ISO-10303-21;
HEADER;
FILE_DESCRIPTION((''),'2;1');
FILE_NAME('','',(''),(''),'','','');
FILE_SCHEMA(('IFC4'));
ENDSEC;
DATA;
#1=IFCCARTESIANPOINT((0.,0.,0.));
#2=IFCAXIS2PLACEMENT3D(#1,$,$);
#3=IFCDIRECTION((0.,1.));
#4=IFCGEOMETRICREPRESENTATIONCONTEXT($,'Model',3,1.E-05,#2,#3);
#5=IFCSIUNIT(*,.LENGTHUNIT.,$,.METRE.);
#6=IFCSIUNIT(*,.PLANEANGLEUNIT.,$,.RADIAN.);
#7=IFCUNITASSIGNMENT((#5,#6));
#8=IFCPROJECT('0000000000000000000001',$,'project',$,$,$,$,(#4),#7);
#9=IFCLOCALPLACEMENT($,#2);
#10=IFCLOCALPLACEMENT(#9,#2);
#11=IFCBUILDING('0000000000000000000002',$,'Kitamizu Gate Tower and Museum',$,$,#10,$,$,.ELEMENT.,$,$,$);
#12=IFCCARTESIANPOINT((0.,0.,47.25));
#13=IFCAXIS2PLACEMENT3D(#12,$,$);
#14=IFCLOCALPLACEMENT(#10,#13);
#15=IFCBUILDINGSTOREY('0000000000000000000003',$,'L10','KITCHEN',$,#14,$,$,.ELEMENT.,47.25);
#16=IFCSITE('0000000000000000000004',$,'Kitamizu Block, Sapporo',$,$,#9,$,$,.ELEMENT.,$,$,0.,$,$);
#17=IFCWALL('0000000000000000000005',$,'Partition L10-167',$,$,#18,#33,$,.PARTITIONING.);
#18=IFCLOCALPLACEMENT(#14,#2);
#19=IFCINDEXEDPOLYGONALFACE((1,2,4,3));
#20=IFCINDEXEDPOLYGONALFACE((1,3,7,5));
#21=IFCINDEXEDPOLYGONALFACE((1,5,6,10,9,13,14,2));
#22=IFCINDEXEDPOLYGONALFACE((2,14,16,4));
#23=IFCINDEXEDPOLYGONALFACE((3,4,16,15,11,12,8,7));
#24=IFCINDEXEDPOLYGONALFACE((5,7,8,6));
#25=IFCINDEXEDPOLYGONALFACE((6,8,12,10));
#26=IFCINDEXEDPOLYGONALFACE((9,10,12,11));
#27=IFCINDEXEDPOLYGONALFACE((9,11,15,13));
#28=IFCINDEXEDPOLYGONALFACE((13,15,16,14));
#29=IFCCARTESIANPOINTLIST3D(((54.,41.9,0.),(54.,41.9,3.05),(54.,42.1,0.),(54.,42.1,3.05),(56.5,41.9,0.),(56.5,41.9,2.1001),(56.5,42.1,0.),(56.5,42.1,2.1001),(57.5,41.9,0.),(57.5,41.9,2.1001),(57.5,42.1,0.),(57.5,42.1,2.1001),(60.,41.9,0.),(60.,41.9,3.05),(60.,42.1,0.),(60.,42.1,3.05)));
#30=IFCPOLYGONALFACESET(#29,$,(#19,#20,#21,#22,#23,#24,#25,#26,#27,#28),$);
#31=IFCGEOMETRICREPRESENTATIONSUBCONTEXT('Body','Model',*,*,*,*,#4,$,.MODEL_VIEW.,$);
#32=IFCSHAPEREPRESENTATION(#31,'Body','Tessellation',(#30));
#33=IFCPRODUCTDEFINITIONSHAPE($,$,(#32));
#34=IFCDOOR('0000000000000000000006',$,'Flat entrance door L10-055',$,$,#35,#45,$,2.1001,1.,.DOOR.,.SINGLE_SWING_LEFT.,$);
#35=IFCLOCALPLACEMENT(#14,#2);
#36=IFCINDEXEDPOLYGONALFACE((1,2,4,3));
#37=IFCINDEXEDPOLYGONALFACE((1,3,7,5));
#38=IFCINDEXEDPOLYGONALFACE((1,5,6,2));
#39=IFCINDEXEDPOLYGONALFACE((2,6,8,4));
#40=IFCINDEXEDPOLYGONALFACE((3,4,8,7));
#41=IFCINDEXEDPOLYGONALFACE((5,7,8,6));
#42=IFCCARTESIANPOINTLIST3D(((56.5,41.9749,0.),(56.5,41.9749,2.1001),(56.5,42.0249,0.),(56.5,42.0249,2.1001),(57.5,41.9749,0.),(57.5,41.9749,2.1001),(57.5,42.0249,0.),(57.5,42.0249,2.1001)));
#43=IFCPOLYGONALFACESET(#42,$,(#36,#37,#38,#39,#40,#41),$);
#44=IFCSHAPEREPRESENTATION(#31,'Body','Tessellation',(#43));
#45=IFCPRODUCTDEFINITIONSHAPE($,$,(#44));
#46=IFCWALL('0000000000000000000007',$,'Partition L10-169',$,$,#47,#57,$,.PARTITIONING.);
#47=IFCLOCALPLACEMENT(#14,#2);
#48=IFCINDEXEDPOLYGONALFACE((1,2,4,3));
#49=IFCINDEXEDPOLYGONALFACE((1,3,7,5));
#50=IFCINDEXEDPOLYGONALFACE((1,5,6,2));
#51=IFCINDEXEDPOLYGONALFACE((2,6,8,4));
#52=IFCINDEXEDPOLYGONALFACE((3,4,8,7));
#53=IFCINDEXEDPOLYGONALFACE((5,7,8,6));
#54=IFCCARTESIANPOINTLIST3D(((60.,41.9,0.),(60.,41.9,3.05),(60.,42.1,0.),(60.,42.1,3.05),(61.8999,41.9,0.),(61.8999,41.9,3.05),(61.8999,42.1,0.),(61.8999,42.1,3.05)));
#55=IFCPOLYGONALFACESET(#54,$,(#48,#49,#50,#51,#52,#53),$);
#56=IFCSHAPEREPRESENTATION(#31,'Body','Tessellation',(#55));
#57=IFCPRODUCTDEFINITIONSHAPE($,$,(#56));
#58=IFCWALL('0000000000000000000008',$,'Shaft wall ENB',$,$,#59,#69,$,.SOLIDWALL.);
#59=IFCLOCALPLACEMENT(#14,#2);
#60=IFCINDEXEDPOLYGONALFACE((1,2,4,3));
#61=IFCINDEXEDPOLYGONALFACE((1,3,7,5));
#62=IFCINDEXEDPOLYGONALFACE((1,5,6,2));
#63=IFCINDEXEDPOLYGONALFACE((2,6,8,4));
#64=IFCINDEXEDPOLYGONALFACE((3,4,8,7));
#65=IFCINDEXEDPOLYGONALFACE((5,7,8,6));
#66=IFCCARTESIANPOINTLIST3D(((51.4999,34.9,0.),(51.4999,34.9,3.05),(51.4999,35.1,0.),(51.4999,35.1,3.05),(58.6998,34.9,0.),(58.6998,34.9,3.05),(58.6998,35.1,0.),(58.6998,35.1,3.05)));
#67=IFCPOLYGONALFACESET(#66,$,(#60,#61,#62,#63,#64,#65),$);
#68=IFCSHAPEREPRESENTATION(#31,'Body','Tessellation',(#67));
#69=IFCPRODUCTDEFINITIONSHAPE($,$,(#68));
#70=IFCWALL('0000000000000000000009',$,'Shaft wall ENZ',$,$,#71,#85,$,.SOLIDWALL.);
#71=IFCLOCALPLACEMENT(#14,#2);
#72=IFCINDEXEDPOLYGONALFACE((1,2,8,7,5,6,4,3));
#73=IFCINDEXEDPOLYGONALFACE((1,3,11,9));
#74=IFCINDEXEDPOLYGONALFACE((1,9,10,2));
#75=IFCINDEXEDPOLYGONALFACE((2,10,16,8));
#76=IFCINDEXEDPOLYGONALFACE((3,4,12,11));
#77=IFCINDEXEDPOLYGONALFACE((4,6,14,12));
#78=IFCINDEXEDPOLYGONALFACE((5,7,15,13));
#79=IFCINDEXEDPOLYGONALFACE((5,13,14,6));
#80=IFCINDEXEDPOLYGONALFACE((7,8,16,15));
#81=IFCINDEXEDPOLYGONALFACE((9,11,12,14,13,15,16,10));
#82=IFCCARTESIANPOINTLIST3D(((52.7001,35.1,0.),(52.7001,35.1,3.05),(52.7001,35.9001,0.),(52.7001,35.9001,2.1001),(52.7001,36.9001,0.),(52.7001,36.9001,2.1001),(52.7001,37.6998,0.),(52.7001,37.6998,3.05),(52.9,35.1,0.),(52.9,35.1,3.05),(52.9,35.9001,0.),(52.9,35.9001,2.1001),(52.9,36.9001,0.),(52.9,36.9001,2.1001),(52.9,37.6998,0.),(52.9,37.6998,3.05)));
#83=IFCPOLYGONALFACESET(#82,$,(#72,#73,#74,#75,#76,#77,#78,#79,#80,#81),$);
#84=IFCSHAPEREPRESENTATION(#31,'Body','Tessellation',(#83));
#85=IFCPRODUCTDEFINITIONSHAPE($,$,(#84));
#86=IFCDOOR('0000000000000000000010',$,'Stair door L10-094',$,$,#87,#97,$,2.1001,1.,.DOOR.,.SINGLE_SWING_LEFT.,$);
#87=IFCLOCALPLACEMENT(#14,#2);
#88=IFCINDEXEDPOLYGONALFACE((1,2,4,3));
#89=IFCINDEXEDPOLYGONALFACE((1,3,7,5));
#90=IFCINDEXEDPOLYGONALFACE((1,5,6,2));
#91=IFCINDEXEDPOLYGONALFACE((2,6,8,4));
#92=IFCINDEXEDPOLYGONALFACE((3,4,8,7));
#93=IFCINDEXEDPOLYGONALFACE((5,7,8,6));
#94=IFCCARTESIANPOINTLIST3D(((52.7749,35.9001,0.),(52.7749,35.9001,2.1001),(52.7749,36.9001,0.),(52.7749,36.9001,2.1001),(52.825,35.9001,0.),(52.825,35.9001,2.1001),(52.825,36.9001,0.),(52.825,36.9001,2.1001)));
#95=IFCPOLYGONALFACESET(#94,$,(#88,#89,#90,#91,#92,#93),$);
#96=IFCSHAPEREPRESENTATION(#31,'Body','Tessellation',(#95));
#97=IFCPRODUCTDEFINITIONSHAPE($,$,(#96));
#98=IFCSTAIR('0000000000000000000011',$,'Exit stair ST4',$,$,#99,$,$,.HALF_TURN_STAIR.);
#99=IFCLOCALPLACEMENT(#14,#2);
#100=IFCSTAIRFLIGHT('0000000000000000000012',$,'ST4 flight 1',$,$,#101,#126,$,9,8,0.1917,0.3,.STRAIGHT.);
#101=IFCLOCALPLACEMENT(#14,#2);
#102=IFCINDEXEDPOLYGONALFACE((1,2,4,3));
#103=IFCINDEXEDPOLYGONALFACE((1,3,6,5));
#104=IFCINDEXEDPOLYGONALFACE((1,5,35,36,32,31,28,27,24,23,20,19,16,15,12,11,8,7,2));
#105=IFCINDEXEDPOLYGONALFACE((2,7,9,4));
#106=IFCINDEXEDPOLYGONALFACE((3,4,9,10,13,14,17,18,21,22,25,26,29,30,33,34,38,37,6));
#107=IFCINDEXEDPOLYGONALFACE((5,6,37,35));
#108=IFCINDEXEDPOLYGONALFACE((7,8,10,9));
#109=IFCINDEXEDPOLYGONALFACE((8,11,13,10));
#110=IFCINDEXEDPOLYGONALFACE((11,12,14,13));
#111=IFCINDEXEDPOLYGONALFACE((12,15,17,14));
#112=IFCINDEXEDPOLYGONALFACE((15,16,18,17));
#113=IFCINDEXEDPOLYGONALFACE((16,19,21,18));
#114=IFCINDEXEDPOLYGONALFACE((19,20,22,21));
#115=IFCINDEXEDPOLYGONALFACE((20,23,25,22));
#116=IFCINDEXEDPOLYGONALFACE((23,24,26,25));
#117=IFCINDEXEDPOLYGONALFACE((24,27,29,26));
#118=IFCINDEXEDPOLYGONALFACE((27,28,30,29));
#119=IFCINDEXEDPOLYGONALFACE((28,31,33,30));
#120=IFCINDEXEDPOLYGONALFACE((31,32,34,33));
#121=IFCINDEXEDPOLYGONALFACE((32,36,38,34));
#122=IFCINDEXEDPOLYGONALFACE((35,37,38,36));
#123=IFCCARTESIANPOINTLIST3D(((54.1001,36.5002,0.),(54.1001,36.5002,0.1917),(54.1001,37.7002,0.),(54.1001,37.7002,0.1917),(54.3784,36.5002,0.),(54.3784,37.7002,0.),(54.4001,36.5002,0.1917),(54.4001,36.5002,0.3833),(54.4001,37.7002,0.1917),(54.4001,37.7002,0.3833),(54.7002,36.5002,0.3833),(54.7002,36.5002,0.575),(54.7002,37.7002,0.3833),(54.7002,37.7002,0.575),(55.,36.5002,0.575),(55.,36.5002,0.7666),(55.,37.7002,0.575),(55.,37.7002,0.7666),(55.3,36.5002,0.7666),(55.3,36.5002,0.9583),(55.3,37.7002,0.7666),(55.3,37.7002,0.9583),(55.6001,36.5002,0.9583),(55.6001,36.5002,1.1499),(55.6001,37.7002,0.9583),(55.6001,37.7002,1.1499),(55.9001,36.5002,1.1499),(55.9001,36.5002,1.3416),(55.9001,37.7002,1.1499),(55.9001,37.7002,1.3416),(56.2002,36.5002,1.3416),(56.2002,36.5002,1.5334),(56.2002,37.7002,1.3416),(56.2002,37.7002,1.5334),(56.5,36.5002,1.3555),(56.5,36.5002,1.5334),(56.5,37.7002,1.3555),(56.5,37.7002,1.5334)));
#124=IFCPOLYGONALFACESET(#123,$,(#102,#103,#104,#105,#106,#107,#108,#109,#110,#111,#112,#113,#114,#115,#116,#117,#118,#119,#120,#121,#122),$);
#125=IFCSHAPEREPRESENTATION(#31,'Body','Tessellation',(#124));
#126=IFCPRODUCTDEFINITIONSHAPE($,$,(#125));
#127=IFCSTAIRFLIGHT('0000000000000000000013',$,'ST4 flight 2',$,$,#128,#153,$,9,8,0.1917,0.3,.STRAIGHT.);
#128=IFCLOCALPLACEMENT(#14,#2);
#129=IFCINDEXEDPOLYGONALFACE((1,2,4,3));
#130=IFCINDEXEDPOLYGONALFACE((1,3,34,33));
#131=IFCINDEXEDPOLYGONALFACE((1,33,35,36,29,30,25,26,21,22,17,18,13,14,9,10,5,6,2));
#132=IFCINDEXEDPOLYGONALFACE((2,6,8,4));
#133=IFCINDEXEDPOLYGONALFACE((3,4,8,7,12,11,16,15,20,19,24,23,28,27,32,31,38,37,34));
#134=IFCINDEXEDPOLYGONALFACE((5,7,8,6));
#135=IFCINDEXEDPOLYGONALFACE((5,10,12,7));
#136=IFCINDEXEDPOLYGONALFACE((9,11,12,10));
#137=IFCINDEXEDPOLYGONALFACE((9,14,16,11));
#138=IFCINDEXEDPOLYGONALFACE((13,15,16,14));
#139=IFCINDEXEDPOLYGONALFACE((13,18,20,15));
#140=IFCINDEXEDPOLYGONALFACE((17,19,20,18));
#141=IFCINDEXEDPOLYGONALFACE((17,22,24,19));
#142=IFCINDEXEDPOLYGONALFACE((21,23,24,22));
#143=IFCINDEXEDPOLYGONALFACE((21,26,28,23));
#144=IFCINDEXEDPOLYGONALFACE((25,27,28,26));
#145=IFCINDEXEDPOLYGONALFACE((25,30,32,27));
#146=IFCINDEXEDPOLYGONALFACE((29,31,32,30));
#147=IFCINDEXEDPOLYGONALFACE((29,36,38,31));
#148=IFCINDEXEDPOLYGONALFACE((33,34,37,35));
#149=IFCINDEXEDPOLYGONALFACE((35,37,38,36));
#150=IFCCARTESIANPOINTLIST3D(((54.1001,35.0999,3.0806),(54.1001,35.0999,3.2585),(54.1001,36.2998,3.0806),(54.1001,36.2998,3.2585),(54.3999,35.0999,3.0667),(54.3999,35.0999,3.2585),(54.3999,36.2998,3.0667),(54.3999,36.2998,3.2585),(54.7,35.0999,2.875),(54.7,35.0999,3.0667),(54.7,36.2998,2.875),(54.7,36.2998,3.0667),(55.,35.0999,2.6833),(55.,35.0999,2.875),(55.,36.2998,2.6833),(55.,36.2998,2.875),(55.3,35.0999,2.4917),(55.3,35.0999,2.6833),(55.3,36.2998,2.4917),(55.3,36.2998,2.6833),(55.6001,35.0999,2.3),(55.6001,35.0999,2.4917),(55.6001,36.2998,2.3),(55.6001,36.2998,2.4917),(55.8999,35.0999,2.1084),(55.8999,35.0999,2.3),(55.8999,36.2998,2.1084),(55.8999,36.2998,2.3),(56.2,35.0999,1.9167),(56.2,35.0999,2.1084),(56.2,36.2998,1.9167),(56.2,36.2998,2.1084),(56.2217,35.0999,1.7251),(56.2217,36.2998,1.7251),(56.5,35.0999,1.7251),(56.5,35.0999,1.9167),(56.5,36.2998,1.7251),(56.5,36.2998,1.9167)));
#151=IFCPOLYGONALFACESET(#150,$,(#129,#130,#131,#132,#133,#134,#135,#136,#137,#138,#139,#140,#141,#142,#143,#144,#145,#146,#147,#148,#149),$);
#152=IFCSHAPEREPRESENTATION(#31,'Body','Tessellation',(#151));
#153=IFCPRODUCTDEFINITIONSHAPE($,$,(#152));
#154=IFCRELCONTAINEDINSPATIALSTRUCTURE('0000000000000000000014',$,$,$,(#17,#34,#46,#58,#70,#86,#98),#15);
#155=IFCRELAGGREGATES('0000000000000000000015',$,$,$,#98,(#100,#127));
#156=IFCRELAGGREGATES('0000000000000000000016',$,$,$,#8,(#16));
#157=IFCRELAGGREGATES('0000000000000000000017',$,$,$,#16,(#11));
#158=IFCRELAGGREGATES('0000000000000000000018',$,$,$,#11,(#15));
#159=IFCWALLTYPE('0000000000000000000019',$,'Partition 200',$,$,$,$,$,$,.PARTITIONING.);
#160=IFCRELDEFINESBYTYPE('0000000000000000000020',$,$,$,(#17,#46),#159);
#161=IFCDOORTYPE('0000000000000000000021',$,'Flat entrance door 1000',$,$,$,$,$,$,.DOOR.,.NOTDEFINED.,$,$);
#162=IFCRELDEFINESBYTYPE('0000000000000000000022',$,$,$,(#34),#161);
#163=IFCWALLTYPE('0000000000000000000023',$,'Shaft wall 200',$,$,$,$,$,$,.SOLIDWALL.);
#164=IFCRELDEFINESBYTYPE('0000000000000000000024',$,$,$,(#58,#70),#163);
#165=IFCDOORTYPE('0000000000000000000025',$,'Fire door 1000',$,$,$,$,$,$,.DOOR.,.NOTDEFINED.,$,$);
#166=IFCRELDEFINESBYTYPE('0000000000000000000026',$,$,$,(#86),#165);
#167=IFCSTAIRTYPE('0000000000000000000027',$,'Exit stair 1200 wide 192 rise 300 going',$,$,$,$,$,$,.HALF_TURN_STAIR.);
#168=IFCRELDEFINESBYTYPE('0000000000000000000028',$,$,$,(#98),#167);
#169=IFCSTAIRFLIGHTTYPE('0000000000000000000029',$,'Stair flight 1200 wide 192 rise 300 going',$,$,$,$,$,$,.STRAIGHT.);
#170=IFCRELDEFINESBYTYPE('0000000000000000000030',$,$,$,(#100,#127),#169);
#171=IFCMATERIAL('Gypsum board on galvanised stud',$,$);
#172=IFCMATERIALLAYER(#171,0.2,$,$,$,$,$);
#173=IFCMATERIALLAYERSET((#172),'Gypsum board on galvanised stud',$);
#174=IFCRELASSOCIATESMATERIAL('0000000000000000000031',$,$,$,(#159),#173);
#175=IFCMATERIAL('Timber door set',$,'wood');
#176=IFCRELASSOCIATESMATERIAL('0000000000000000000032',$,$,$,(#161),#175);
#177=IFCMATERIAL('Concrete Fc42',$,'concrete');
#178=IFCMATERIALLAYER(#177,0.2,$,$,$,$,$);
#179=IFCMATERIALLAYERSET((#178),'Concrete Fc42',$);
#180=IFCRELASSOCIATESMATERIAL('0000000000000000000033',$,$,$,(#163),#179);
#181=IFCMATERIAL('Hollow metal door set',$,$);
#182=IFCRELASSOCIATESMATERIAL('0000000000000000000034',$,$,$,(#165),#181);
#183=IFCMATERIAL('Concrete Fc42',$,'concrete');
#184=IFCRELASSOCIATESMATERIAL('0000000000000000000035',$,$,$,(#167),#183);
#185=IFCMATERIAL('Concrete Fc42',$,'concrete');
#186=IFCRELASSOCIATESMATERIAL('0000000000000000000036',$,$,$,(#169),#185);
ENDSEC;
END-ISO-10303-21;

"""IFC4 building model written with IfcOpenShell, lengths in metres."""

from ifc_helpers import new_model, si_unit, direction, frame, frame_2d, origin, place, context, subcontext, project, spatial, polyline, rectangle, outline, extrude, material, layer, layer_set, type_object, element, fill, aggregate, save


model = new_model("IFC4")

# Units and contexts
model_context = context("Model", 3, precision=1e-05, world=origin(), true_north=direction((0.0, 1.0)))
body_context = subcontext(model_context, "Body", "Model", "MODEL_VIEW")
ifc_project = project(units=[si_unit("LENGTHUNIT", "METRE"), si_unit("PLANEANGLEUNIT", "RADIAN")], contexts=[model_context])

# Site, building, storey
site_placement = place(None, origin())
site = spatial("IfcSite", under=ifc_project, at=site_placement, Name="Kitamizu Block, Sapporo", CompositionType="ELEMENT", RefElevation=0.0)
building_placement = place(site_placement, origin())
building = spatial("IfcBuilding", under=site, at=building_placement, Name="Kitamizu Gate Tower and Museum", CompositionType="ELEMENT")
storey_placement = place(building_placement, frame((0.0, 0.0, 47.25)))
storey = spatial("IfcBuildingStorey", under=building, at=storey_placement, Name="L10", Description="KITCHEN", CompositionType="ELEMENT", Elevation=47.25)

# Wall, opening, door
ifc_material_1 = material(Name="Gypsum board on galvanised stud")
ifc_layer_1 = layer(ifc_material_1, 0.2)
ifc_layer_set_1 = layer_set([ifc_layer_1], Name="Gypsum board on galvanised stud")
wall_type_1 = type_object("IfcWallType", Name="Partition 200", PredefinedType="PARTITIONING", material=ifc_layer_set_1)
wall_1_placement = place(storey_placement, frame((54.0, 42.0, 0.0), z_axis=(0.0, 0.0, 1.0), x_axis=(1.0, 0.0, 0.0)))
wall_1 = element("IfcWall", 1, at=wall_1_placement, inside=storey, type_object=wall_type_1, Name="Partition L10-167", PredefinedType="PARTITIONING", context=body_context, shape_type="SweptSolid", body=[
    extrude(rectangle(XDim=6.0, YDim=0.2, at=frame_2d((3.0, 0.0))), origin(), (0.0, 0.0, 1.0), 3.05),
])
opening_1_placement = place(wall_1_placement, frame((2.5, 0.0, 0.0)))
opening_1 = element("IfcOpeningElement", 2, at=opening_1_placement, cuts=wall_1, PredefinedType="OPENING", context=body_context, shape_type="SweptSolid", body=[
    extrude(rectangle(XDim=1.0, YDim=2.1001, at=frame_2d((0.5, 1.05))), frame((0.0, 0.1099, 0.0), z_axis=(0.0, -1.0, 0.0), x_axis=(1.0, 0.0, 0.0)), (0.0, 0.0, 1.0), 0.22),
])
ifc_material_2 = material(Name="Timber door set", Category="wood")
door_type_1 = type_object("IfcDoorType", Name="Flat entrance door 1000", OperationType="NOTDEFINED", PredefinedType="DOOR", material=ifc_material_2)
door_1_placement = place(opening_1_placement, origin())
door_1 = element("IfcDoor", 3, at=door_1_placement, inside=storey, type_object=door_type_1, Name="Flat entrance door L10-055", OperationType="SINGLE_SWING_LEFT", OverallHeight=2.1001, OverallWidth=1.0, PredefinedType="DOOR", context=body_context, shape_type="SweptSolid", body=[
    extrude(rectangle(XDim=1.0, YDim=2.1001, at=frame_2d((0.5, 1.05))), frame((0.0, 0.0249, 0.0), z_axis=(0.0, -1.0, 0.0), x_axis=(1.0, 0.0, 0.0)), (0.0, 0.0, 1.0), 0.05),
])
fill(opening_1, door_1)

# Walls
wall_2_placement = place(storey_placement, frame((60.0, 42.0, 0.0), z_axis=(0.0, 0.0, 1.0), x_axis=(1.0, 0.0, 0.0)))
element("IfcWall", 4, at=wall_2_placement, inside=storey, type_object=wall_type_1, Name="Partition L10-169", PredefinedType="PARTITIONING", context=body_context, shape_type="SweptSolid", body=[
    extrude(rectangle(XDim=1.8999, YDim=0.2, at=frame_2d((0.95, 0.0))), origin(), (0.0, 0.0, 1.0), 3.05),
])
ifc_material_3 = material(Name="Concrete Fc42", Category="concrete")
ifc_layer_2 = layer(ifc_material_3, 0.2)
ifc_layer_set_2 = layer_set([ifc_layer_2], Name="Concrete Fc42")
wall_type_2 = type_object("IfcWallType", Name="Shaft wall 200", PredefinedType="SOLIDWALL", material=ifc_layer_set_2)
wall_3_placement = place(storey_placement, frame((58.7, 35.0, 0.0), z_axis=(0.0, 0.0, 1.0), x_axis=(-1.0, 0.0, 0.0)))
element("IfcWall", 5, at=wall_3_placement, inside=storey, type_object=wall_type_2, Name="Shaft wall ENB", PredefinedType="SOLIDWALL", context=body_context, shape_type="SweptSolid", body=[
    extrude(rectangle(XDim=7.2, YDim=0.2, at=frame_2d((3.6001, 0.0))), origin(), (0.0, 0.0, 1.0), 3.05),
])

# Wall, opening, door
wall_4_placement = place(storey_placement, frame((52.8, 35.1001, 0.0), z_axis=(0.0, 0.0, 1.0), x_axis=(0.0, 1.0, 0.0)))
wall_4 = element("IfcWall", 6, at=wall_4_placement, inside=storey, type_object=wall_type_2, Name="Shaft wall ENZ", PredefinedType="SOLIDWALL", context=body_context, shape_type="SweptSolid", body=[
    extrude(rectangle(XDim=2.5999, YDim=0.2, at=frame_2d((1.2998, 0.0))), origin(), (0.0, 0.0, 1.0), 3.05),
])
opening_2_placement = place(wall_4_placement, frame((0.8, 0.0, 0.0)))
opening_2 = element("IfcOpeningElement", 7, at=opening_2_placement, cuts=wall_4, PredefinedType="OPENING", context=body_context, shape_type="SweptSolid", body=[
    extrude(rectangle(XDim=1.0, YDim=2.1001, at=frame_2d((0.5, 1.05))), frame((0.0, 0.1099, 0.0), z_axis=(0.0, -1.0, 0.0), x_axis=(1.0, 0.0, 0.0)), (0.0, 0.0, 1.0), 0.22),
])
ifc_material_4 = material(Name="Hollow metal door set")
door_type_2 = type_object("IfcDoorType", Name="Fire door 1000", OperationType="NOTDEFINED", PredefinedType="DOOR", material=ifc_material_4)
door_2_placement = place(opening_2_placement, frame((1.0, 0.0, 0.0), x_axis=(-1.0, 0.0, 0.0)))
door_2 = element("IfcDoor", 8, at=door_2_placement, inside=storey, type_object=door_type_2, Name="Stair door L10-094", OperationType="SINGLE_SWING_LEFT", OverallHeight=2.1001, OverallWidth=1.0, PredefinedType="DOOR", context=body_context, shape_type="SweptSolid", body=[
    extrude(rectangle(XDim=1.0, YDim=2.1001, at=frame_2d((0.5, 1.05))), frame((0.0, 0.0249, 0.0), z_axis=(0.0, -1.0, 0.0), x_axis=(1.0, 0.0, 0.0)), (0.0, 0.0, 1.0), 0.05),
])
fill(opening_2, door_2)

# Stair, stair flights
ifc_material_5 = material(Name="Concrete Fc42", Category="concrete")
stair_type = type_object("IfcStairType", Name="Exit stair 1200 wide 192 rise 300 going", PredefinedType="HALF_TURN_STAIR", material=ifc_material_5)
stair_placement = place(storey_placement, origin())
stair = element("IfcStair", 9, at=stair_placement, inside=storey, type_object=stair_type, Name="Exit stair ST4", PredefinedType="HALF_TURN_STAIR")
ifc_material_6 = material(Name="Concrete Fc42", Category="concrete")
stair_flight_type = type_object("IfcStairFlightType", Name="Stair flight 1200 wide 192 rise 300 going", PredefinedType="STRAIGHT", material=ifc_material_6)
stair_flight_1_placement = place(storey_placement, frame((54.1001, 37.1001, 0.0), z_axis=(0.0, 0.0, 1.0), x_axis=(1.0, 0.0, 0.0)))
stair_flight_1 = element("IfcStairFlight", 10, at=stair_flight_1_placement, type_object=stair_flight_type, Name="ST4 flight 1", NumberOfRisers=9, NumberOfTreads=8, PredefinedType="STRAIGHT", RiserHeight=0.1917, TreadLength=0.3, context=body_context, shape_type="SweptSolid", body=[
    extrude(outline(polyline([(0.0, 0.0), (0.0, 0.1917), (0.3, 0.1917), (0.3, 0.3833), (0.6001, 0.3833), (0.6001, 0.575), (0.8999, 0.575), (0.8999, 0.7666), (1.2, 0.7666), (1.2, 0.9583), (1.5, 0.9583), (1.5, 1.1499), (1.8, 1.1499), (1.8, 1.3416), (2.1001, 1.3416), (2.1001, 1.5334), (2.3999, 1.5334), (2.3999, 1.7251), (2.3999, 1.3555), (0.2783, 0.0), (0.0, 0.0)])), frame((0.0, 0.6001, 0.0), z_axis=(0.0, -1.0, 0.0), x_axis=(1.0, 0.0, 0.0)), (0.0, 0.0, 1.0), 1.2),
])
stair_flight_2_placement = place(storey_placement, frame((56.5, 35.7, 1.7251), z_axis=(0.0, 0.0, 1.0), x_axis=(-1.0, 0.0, 0.0)))
stair_flight_2 = element("IfcStairFlight", 11, at=stair_flight_2_placement, type_object=stair_flight_type, Name="ST4 flight 2", NumberOfRisers=9, NumberOfTreads=8, PredefinedType="STRAIGHT", RiserHeight=0.1917, TreadLength=0.3, context=body_context, shape_type="SweptSolid", body=[
    extrude(outline(polyline([(0.0, 0.0), (0.0, 0.1917), (0.3, 0.1917), (0.3, 0.3833), (0.6001, 0.3833), (0.6001, 0.575), (0.8999, 0.575), (0.8999, 0.7666), (1.2, 0.7666), (1.2, 0.9583), (1.5, 0.9583), (1.5, 1.1499), (1.8, 1.1499), (1.8, 1.3416), (2.1001, 1.3416), (2.1001, 1.5334), (2.3999, 1.5334), (2.3999, 1.7251), (2.3999, 1.3555), (0.2783, 0.0), (0.0, 0.0)])), frame((0.0, 0.6001, 0.0), z_axis=(0.0, -1.0, 0.0), x_axis=(1.0, 0.0, 0.0)), (0.0, 0.0, 1.0), 1.2),
])
aggregate(stair, [stair_flight_1, stair_flight_2])

save(model, "model.ifc")
